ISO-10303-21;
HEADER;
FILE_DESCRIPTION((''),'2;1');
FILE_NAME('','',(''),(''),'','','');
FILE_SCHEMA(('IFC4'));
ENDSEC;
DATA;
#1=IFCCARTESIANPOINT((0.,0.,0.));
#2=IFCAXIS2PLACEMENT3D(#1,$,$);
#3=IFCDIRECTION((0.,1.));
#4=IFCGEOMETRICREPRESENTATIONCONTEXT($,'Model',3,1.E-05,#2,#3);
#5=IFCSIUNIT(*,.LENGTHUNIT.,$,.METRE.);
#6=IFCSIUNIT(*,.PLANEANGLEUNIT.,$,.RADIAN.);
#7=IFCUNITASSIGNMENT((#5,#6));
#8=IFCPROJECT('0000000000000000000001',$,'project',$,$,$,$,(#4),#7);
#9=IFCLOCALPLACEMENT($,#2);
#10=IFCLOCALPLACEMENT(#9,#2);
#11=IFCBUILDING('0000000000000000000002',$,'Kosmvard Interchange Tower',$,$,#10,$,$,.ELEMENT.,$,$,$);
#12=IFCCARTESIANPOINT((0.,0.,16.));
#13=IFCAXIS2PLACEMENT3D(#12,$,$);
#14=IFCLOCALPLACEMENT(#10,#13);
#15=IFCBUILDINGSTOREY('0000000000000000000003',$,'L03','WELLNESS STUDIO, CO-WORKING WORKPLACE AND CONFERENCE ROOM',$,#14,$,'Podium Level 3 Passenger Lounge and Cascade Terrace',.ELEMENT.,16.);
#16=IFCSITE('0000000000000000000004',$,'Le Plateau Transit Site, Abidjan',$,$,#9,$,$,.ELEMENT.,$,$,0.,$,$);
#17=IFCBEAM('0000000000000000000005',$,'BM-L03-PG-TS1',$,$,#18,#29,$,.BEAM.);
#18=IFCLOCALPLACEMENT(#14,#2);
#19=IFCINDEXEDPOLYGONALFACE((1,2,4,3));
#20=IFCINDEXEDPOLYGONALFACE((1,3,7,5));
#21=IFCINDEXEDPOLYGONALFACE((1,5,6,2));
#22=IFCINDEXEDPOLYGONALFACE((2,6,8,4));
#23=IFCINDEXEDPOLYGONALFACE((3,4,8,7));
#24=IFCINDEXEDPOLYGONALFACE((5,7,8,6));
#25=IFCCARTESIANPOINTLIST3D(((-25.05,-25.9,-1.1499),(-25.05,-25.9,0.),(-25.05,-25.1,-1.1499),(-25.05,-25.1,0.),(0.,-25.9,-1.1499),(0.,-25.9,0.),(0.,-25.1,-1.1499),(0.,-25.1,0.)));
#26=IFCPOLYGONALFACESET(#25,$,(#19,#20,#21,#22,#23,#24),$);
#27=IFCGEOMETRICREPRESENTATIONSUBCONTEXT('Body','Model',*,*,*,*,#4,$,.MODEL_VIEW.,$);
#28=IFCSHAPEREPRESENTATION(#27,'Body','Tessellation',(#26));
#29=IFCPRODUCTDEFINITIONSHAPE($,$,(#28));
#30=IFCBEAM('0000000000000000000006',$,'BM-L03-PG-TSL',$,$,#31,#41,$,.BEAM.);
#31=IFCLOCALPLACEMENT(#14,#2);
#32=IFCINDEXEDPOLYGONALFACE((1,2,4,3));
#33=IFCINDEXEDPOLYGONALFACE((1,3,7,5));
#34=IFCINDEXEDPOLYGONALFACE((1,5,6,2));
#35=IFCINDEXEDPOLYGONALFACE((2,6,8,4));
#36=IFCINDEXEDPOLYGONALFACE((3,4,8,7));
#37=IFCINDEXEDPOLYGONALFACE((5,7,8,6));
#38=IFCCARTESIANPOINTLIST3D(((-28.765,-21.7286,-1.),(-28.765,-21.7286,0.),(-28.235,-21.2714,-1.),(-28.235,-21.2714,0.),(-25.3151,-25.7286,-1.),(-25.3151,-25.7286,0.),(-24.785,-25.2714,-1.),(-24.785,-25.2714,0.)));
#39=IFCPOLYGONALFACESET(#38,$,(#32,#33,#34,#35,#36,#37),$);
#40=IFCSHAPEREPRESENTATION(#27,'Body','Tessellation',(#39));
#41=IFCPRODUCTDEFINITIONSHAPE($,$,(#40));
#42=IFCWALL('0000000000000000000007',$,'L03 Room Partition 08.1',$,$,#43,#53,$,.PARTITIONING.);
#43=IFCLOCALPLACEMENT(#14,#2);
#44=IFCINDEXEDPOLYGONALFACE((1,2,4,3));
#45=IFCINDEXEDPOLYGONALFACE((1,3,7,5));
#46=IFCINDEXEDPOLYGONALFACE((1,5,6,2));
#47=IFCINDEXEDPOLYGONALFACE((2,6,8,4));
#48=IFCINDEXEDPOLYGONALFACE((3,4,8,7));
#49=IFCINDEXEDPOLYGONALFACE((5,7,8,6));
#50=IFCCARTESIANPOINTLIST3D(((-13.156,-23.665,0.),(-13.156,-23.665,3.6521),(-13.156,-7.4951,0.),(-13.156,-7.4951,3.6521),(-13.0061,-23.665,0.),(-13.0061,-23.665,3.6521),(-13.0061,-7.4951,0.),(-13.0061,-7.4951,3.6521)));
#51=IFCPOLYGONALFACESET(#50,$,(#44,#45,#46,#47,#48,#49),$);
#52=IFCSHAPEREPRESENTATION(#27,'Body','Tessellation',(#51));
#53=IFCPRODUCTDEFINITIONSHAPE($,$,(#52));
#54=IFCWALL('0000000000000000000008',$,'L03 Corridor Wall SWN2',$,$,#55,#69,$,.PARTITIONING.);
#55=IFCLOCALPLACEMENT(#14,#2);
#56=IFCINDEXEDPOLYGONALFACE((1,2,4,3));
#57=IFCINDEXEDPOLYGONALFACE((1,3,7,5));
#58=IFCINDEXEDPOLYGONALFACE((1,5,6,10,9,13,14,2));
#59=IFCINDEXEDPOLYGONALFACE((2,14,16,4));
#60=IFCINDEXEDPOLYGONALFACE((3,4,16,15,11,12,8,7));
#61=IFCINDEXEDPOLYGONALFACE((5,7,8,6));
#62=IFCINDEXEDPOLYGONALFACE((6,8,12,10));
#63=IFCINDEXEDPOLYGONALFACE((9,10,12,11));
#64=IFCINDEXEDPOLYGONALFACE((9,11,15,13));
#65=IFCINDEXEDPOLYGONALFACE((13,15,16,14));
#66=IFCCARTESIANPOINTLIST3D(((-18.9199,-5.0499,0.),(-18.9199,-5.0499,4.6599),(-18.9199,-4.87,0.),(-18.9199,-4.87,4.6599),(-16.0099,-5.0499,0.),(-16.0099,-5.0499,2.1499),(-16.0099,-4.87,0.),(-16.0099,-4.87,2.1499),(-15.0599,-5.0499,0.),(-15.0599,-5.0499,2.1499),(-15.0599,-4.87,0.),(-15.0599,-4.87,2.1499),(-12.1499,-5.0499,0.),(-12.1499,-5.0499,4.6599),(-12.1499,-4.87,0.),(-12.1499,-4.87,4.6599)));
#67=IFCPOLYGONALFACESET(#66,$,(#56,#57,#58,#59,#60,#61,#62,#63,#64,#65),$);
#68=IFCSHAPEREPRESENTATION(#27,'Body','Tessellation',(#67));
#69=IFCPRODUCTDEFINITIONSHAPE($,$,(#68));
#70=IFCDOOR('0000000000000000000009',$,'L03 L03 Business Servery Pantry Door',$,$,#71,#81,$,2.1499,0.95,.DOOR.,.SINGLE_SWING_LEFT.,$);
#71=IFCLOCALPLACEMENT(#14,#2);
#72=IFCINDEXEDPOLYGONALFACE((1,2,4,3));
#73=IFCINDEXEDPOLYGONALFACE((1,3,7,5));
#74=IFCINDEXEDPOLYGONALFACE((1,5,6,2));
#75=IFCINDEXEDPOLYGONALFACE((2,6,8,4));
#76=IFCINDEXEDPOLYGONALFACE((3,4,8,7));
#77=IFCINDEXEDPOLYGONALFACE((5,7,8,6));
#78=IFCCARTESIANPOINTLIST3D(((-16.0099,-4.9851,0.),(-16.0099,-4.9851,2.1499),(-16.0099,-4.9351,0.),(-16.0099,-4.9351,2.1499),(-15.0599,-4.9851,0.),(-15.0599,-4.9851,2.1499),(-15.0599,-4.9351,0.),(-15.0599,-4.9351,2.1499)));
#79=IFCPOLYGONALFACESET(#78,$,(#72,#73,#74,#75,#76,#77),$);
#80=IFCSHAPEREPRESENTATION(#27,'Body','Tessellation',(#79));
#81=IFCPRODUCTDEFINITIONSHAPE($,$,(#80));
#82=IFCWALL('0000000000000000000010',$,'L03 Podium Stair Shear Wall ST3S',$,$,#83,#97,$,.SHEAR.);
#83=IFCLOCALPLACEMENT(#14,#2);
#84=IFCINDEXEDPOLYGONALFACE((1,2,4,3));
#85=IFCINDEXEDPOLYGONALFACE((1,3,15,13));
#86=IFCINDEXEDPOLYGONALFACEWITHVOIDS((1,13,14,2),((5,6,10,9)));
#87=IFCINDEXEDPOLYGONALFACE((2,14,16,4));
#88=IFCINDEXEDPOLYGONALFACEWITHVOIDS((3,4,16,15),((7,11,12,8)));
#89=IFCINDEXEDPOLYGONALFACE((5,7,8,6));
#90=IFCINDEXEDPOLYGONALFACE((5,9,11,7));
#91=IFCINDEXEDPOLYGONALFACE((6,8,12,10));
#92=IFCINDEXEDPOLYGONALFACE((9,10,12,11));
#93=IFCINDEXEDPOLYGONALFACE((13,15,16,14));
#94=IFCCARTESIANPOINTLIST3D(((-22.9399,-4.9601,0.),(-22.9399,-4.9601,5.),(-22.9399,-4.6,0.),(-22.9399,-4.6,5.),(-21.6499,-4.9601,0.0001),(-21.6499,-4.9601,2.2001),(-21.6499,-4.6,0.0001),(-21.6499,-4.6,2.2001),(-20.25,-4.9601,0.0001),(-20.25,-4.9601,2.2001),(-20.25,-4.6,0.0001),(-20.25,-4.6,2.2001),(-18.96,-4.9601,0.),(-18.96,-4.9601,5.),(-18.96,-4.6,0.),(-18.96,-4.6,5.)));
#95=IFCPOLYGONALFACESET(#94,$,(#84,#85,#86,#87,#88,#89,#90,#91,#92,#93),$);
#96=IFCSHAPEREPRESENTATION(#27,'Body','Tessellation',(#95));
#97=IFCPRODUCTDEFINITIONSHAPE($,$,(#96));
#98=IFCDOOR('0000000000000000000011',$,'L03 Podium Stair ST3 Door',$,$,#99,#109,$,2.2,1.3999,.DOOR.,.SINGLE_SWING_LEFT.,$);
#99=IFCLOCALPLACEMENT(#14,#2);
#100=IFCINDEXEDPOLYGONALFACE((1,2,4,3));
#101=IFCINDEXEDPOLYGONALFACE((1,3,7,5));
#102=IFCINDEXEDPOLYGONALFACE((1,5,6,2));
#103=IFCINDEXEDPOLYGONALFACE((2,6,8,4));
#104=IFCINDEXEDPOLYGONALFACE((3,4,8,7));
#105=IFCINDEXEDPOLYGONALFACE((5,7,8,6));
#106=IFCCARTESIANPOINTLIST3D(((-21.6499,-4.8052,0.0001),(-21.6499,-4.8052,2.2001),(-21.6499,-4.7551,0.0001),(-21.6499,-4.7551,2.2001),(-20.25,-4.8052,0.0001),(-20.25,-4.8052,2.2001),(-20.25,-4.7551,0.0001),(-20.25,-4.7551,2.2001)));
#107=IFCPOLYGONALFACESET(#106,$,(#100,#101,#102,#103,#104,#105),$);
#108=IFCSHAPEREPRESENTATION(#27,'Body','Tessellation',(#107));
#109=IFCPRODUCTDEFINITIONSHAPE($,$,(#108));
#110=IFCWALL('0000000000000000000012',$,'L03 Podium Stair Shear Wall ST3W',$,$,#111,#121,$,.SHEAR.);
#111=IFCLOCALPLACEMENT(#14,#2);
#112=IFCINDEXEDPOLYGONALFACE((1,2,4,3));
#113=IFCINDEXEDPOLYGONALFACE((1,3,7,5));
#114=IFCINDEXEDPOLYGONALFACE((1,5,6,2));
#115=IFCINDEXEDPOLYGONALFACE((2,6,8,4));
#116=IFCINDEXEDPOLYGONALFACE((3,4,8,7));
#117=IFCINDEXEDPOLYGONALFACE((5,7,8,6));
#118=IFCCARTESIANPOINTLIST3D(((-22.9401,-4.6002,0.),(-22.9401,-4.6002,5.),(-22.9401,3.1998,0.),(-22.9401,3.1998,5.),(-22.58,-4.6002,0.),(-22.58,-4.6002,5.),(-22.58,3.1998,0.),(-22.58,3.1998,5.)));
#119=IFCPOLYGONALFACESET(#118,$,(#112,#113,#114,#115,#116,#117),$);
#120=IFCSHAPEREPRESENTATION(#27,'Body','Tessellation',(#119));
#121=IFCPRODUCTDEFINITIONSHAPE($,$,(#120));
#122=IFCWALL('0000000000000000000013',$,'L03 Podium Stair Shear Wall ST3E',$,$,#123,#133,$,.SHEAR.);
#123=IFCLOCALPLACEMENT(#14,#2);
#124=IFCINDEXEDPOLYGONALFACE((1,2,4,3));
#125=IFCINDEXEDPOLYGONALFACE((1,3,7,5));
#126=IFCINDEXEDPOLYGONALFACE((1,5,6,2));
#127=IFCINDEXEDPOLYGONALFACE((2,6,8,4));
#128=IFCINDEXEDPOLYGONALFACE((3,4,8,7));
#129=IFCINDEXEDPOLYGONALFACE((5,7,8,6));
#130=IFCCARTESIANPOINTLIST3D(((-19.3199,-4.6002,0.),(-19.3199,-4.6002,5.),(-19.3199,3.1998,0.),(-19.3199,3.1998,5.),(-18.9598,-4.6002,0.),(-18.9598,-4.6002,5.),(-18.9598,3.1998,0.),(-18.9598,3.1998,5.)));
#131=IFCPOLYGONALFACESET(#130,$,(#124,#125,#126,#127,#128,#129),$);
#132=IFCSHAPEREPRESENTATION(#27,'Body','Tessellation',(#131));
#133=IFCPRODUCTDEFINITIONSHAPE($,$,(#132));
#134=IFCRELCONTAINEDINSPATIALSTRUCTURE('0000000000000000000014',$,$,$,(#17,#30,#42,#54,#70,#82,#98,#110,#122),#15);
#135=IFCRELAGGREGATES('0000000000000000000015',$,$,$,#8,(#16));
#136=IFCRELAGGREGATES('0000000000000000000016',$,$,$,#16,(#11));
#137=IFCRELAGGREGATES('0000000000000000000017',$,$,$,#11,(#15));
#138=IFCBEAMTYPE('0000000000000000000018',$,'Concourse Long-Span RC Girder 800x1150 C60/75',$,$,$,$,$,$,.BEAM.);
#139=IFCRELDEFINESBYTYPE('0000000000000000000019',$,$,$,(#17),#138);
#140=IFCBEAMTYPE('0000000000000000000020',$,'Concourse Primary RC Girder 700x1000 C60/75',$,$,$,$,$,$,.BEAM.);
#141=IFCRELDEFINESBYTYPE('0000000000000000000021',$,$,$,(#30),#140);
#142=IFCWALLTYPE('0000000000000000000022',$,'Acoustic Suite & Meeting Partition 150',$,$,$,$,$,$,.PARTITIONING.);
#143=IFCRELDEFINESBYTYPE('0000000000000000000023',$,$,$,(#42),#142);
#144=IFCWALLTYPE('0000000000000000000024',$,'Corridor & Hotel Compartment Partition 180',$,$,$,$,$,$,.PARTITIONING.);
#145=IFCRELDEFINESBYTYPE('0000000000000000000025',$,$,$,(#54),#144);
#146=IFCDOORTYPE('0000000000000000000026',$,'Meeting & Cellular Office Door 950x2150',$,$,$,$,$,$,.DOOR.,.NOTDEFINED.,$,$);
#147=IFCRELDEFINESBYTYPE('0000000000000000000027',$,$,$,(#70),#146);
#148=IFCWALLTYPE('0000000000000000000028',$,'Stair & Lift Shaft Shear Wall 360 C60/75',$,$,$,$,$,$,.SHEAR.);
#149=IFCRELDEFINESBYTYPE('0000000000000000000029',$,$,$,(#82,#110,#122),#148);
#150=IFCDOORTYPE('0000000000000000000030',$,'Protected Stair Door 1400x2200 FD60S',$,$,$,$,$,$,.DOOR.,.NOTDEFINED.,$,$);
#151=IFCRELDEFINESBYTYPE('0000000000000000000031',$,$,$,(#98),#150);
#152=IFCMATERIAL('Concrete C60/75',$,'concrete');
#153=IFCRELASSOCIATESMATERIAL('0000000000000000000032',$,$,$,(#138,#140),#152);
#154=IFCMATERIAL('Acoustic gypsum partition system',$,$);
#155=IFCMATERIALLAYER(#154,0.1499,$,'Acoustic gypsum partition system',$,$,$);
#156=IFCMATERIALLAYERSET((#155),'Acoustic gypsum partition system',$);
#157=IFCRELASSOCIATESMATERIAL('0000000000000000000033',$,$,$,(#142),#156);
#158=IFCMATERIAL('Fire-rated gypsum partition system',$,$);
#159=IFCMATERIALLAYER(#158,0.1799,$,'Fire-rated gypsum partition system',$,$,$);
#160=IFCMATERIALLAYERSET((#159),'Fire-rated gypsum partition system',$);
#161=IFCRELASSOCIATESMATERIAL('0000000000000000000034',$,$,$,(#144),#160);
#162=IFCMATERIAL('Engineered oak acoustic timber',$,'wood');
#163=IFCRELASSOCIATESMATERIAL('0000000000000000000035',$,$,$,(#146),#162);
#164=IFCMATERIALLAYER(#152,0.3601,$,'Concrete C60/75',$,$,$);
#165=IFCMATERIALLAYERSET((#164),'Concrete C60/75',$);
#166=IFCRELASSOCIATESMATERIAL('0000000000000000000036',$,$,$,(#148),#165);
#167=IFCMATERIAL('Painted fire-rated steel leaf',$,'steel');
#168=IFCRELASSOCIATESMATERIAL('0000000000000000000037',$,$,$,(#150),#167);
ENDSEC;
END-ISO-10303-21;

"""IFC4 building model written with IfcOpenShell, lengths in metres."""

from ifc_helpers import new_model, si_unit, direction, frame, frame_2d, origin, origin_2d, place, context, subcontext, project, spatial, rectangle, extrude, source, transform, mapped, material, layer, layer_set, material_profile, profile_set, type_object, element, fill, save


model = new_model("IFC4")

# Units and contexts
model_context = context("Model", 3, precision=1e-05, world=origin(), true_north=direction((0.0, 1.0)))
body_context = subcontext(model_context, "Body", "Model", "MODEL_VIEW")
ifc_project = project(units=[si_unit("LENGTHUNIT", "METRE"), si_unit("PLANEANGLEUNIT", "RADIAN")], contexts=[model_context])

# Site, building, storey
site_placement = place(None, origin())
site = spatial("IfcSite", under=ifc_project, at=site_placement, Name="Le Plateau Transit Site, Abidjan", CompositionType="ELEMENT", RefElevation=0.0)
building_placement = place(site_placement, origin())
building = spatial("IfcBuilding", under=site, at=building_placement, Name="Kosmvard Interchange Tower", CompositionType="ELEMENT")
storey_placement = place(building_placement, frame((0.0, 0.0, 16.0)))
storey = spatial("IfcBuildingStorey", under=building, at=storey_placement, Name="L03", Description="WELLNESS STUDIO, CO-WORKING WORKPLACE AND CONFERENCE ROOM", LongName="Podium Level 3 Passenger Lounge and Cascade Terrace", CompositionType="ELEMENT", Elevation=16.0)

# Shared definitions
ifc_material_1 = material(Name="Concrete C60/75", Category="concrete")

# Beams
ifc_material_profile_1 = material_profile(ifc_material_1, rectangle(XDim=0.8, YDim=1.1499, at=origin_2d()), Name="RCG 800x1150")
ifc_profile_set_1 = profile_set([ifc_material_profile_1], Name="Concrete C60/75")
beam_type_1 = type_object("IfcBeamType", Name="Concourse Long-Span RC Girder 800x1150 C60/75", PredefinedType="BEAM", material=ifc_profile_set_1)
shared_shape_1 = source(origin(), body_context, "Body", "SweptSolid", [
    extrude(rectangle(XDim=0.8, YDim=1.1499, at=origin_2d()), origin(), (0.0, 0.0, 1.0), 25.05),
])
beam_1_placement = place(storey_placement, frame((-25.05, -25.5, -0.575), z_axis=(1.0, 0.0, 0.0), x_axis=(0.0, 1.0, 0.0)))
element("IfcBeam", 1, at=beam_1_placement, inside=storey, type_object=beam_type_1, Name="BM-L03-PG-TS1", PredefinedType="BEAM", context=body_context, shape_type="MappedRepresentation", body=[
    mapped(shared_shape_1, transform((0.0, 0.0, 0.0), scale=1.0)),
])
ifc_material_profile_2 = material_profile(ifc_material_1, rectangle(XDim=0.7, YDim=1.0, at=origin_2d()), Name="RCG 700x1000")
ifc_profile_set_2 = profile_set([ifc_material_profile_2], Name="Concrete C60/75")
beam_type_2 = type_object("IfcBeamType", Name="Concourse Primary RC Girder 700x1000 C60/75", PredefinedType="BEAM", material=ifc_profile_set_2)
shared_shape_2 = source(origin(), body_context, "Body", "SweptSolid", [
    extrude(rectangle(XDim=0.7, YDim=1.0, at=origin_2d()), origin(), (0.0, 0.0, 1.0), 5.2822),
])
beam_2_placement = place(storey_placement, frame((-25.05, -25.5, -0.5), z_axis=(-0.653122, 0.757253, 0.0), x_axis=(-0.757253, -0.653122, 0.0)))
element("IfcBeam", 2, at=beam_2_placement, inside=storey, type_object=beam_type_2, Name="BM-L03-PG-TSL", PredefinedType="BEAM", context=body_context, shape_type="MappedRepresentation", body=[
    mapped(shared_shape_2, transform((0.0, 0.0, 0.0), scale=1.0)),
])

# Wall
ifc_material_2 = material(Name="Acoustic gypsum partition system")
ifc_layer_1 = layer(ifc_material_2, 0.1499, Name="Acoustic gypsum partition system")
ifc_layer_set_1 = layer_set([ifc_layer_1], Name="Acoustic gypsum partition system")
wall_type_1 = type_object("IfcWallType", Name="Acoustic Suite & Meeting Partition 150", PredefinedType="PARTITIONING", material=ifc_layer_set_1)
wall_1_placement = place(storey_placement, frame((-13.0811, -23.665, 0.0), z_axis=(0.0, 0.0, 1.0), x_axis=(0.0, 1.0, 0.0)))
element("IfcWall", 3, at=wall_1_placement, inside=storey, type_object=wall_type_1, Name="L03 Room Partition 08.1", PredefinedType="PARTITIONING", context=body_context, shape_type="SweptSolid", body=[
    extrude(rectangle(XDim=16.1699, YDim=0.1499, at=frame_2d((8.085, 0.0))), origin(), (0.0, 0.0, 1.0), 3.6521),
])

# Walls, openings, doors
ifc_material_3 = material(Name="Fire-rated gypsum partition system")
ifc_layer_2 = layer(ifc_material_3, 0.1799, Name="Fire-rated gypsum partition system")
ifc_layer_set_2 = layer_set([ifc_layer_2], Name="Fire-rated gypsum partition system")
wall_type_2 = type_object("IfcWallType", Name="Corridor & Hotel Compartment Partition 180", PredefinedType="PARTITIONING", material=ifc_layer_set_2)
wall_2_placement = place(storey_placement, frame((-18.9199, -4.96, 0.0), z_axis=(0.0, 0.0, 1.0), x_axis=(1.0, 0.0, 0.0)))
wall_2 = element("IfcWall", 4, at=wall_2_placement, inside=storey, type_object=wall_type_2, Name="L03 Corridor Wall SWN2", PredefinedType="PARTITIONING", context=body_context, shape_type="SweptSolid", body=[
    extrude(rectangle(XDim=6.77, YDim=0.1799, at=frame_2d((3.385, 0.0))), origin(), (0.0, 0.0, 1.0), 4.6599),
])
opening_1_placement = place(wall_2_placement, frame((2.9099, 0.0, 0.0)))
opening_1 = element("IfcOpeningElement", 5, at=opening_1_placement, cuts=wall_2, PredefinedType="OPENING", context=body_context, shape_type="SweptSolid", body=[
    extrude(rectangle(XDim=0.95, YDim=2.1499, at=frame_2d((0.4751, 1.075))), frame((0.0, 0.1001, 0.0), z_axis=(0.0, -1.0, 0.0), x_axis=(1.0, 0.0, 0.0)), (0.0, 0.0, 1.0), 0.2),
])
ifc_material_4 = material(Name="Engineered oak acoustic timber", Category="wood")
door_type_1 = type_object("IfcDoorType", Name="Meeting & Cellular Office Door 950x2150", OperationType="NOTDEFINED", PredefinedType="DOOR", material=ifc_material_4)
shared_shape_3 = source(origin(), body_context, "Body", "SweptSolid", [
    extrude(rectangle(XDim=0.95, YDim=2.1499, at=frame_2d((0.4751, 1.075))), frame((0.0, 0.0249, 0.0), z_axis=(0.0, -1.0, 0.0), x_axis=(1.0, 0.0, 0.0)), (0.0, 0.0, 1.0), 0.05),
])
door_1_placement = place(opening_1_placement, origin())
door_1 = element("IfcDoor", 6, at=door_1_placement, inside=storey, type_object=door_type_1, Name="L03 L03 Business Servery Pantry Door", OperationType="SINGLE_SWING_LEFT", OverallHeight=2.1499, OverallWidth=0.95, PredefinedType="DOOR", context=body_context, shape_type="MappedRepresentation", body=[
    mapped(shared_shape_3, transform((0.0, 0.0, 0.0), scale=1.0)),
])
fill(opening_1, door_1)
ifc_layer_3 = layer(ifc_material_1, 0.3601, Name="Concrete C60/75")
ifc_layer_set_3 = layer_set([ifc_layer_3], Name="Concrete C60/75")
wall_type_3 = type_object("IfcWallType", Name="Stair & Lift Shaft Shear Wall 360 C60/75", PredefinedType="SHEAR", material=ifc_layer_set_3)
wall_3_placement = place(storey_placement, frame((-22.9399, -4.78, 0.0), z_axis=(0.0, 0.0, 1.0), x_axis=(1.0, 0.0, 0.0)))
wall_3 = element("IfcWall", 7, at=wall_3_placement, inside=storey, type_object=wall_type_3, Name="L03 Podium Stair Shear Wall ST3S", PredefinedType="SHEAR", context=body_context, shape_type="SweptSolid", body=[
    extrude(rectangle(XDim=3.98, YDim=0.3601, at=frame_2d((1.99, 0.0))), origin(), (0.0, 0.0, 1.0), 5.0),
])
opening_2_placement = place(wall_3_placement, frame((1.29, 0.0, 0.0)))
opening_2 = element("IfcOpeningElement", 8, at=opening_2_placement, cuts=wall_3, PredefinedType="OPENING", context=body_context, shape_type="SweptSolid", body=[
    extrude(rectangle(XDim=1.3999, YDim=2.2, at=frame_2d((0.7, 1.1001))), frame((0.0, 0.1899, 0.0), z_axis=(0.0, -1.0, 0.0), x_axis=(1.0, 0.0, 0.0)), (0.0, 0.0, 1.0), 0.3801),
])
ifc_material_5 = material(Name="Painted fire-rated steel leaf", Category="steel")
door_type_2 = type_object("IfcDoorType", Name="Protected Stair Door 1400x2200 FD60S", OperationType="NOTDEFINED", PredefinedType="DOOR", material=ifc_material_5)
shared_shape_4 = source(origin(), body_context, "Body", "SweptSolid", [
    extrude(rectangle(XDim=1.3999, YDim=2.2, at=frame_2d((0.7, 1.1001))), frame((0.0, 0.0249, 0.0), z_axis=(0.0, -1.0, 0.0), x_axis=(1.0, 0.0, 0.0)), (0.0, 0.0, 1.0), 0.05),
])
door_2_placement = place(opening_2_placement, origin())
door_2 = element("IfcDoor", 9, at=door_2_placement, inside=storey, type_object=door_type_2, Name="L03 Podium Stair ST3 Door", OperationType="SINGLE_SWING_LEFT", OverallHeight=2.2, OverallWidth=1.3999, PredefinedType="DOOR", context=body_context, shape_type="MappedRepresentation", body=[
    mapped(shared_shape_4, transform((0.0, 0.0, 0.0), scale=1.0)),
])
fill(opening_2, door_2)

# Walls
for number, where, z_axis, x_axis, name in (
    (10, (-22.76, -4.6001, 0.0), (0.0, 0.0, 1.0), (0.0, 1.0, 0.0), "L03 Podium Stair Shear Wall ST3W"),
    (11, (-19.1399, -4.6001, 0.0), (0.0, 0.0, 1.0), (0.0, 1.0, 0.0), "L03 Podium Stair Shear Wall ST3E"),
):
    element("IfcWall", number, at=place(storey_placement, frame(where, z_axis=z_axis, x_axis=x_axis)), inside=storey, type_object=wall_type_3, Name=name, PredefinedType="SHEAR", context=body_context, shape_type="SweptSolid", body=[
        extrude(rectangle(XDim=7.8, YDim=0.3601, at=frame_2d((3.8999, 0.0))), origin(), (0.0, 0.0, 1.0), 5.0),
    ])

save(model, "model.ifc")
